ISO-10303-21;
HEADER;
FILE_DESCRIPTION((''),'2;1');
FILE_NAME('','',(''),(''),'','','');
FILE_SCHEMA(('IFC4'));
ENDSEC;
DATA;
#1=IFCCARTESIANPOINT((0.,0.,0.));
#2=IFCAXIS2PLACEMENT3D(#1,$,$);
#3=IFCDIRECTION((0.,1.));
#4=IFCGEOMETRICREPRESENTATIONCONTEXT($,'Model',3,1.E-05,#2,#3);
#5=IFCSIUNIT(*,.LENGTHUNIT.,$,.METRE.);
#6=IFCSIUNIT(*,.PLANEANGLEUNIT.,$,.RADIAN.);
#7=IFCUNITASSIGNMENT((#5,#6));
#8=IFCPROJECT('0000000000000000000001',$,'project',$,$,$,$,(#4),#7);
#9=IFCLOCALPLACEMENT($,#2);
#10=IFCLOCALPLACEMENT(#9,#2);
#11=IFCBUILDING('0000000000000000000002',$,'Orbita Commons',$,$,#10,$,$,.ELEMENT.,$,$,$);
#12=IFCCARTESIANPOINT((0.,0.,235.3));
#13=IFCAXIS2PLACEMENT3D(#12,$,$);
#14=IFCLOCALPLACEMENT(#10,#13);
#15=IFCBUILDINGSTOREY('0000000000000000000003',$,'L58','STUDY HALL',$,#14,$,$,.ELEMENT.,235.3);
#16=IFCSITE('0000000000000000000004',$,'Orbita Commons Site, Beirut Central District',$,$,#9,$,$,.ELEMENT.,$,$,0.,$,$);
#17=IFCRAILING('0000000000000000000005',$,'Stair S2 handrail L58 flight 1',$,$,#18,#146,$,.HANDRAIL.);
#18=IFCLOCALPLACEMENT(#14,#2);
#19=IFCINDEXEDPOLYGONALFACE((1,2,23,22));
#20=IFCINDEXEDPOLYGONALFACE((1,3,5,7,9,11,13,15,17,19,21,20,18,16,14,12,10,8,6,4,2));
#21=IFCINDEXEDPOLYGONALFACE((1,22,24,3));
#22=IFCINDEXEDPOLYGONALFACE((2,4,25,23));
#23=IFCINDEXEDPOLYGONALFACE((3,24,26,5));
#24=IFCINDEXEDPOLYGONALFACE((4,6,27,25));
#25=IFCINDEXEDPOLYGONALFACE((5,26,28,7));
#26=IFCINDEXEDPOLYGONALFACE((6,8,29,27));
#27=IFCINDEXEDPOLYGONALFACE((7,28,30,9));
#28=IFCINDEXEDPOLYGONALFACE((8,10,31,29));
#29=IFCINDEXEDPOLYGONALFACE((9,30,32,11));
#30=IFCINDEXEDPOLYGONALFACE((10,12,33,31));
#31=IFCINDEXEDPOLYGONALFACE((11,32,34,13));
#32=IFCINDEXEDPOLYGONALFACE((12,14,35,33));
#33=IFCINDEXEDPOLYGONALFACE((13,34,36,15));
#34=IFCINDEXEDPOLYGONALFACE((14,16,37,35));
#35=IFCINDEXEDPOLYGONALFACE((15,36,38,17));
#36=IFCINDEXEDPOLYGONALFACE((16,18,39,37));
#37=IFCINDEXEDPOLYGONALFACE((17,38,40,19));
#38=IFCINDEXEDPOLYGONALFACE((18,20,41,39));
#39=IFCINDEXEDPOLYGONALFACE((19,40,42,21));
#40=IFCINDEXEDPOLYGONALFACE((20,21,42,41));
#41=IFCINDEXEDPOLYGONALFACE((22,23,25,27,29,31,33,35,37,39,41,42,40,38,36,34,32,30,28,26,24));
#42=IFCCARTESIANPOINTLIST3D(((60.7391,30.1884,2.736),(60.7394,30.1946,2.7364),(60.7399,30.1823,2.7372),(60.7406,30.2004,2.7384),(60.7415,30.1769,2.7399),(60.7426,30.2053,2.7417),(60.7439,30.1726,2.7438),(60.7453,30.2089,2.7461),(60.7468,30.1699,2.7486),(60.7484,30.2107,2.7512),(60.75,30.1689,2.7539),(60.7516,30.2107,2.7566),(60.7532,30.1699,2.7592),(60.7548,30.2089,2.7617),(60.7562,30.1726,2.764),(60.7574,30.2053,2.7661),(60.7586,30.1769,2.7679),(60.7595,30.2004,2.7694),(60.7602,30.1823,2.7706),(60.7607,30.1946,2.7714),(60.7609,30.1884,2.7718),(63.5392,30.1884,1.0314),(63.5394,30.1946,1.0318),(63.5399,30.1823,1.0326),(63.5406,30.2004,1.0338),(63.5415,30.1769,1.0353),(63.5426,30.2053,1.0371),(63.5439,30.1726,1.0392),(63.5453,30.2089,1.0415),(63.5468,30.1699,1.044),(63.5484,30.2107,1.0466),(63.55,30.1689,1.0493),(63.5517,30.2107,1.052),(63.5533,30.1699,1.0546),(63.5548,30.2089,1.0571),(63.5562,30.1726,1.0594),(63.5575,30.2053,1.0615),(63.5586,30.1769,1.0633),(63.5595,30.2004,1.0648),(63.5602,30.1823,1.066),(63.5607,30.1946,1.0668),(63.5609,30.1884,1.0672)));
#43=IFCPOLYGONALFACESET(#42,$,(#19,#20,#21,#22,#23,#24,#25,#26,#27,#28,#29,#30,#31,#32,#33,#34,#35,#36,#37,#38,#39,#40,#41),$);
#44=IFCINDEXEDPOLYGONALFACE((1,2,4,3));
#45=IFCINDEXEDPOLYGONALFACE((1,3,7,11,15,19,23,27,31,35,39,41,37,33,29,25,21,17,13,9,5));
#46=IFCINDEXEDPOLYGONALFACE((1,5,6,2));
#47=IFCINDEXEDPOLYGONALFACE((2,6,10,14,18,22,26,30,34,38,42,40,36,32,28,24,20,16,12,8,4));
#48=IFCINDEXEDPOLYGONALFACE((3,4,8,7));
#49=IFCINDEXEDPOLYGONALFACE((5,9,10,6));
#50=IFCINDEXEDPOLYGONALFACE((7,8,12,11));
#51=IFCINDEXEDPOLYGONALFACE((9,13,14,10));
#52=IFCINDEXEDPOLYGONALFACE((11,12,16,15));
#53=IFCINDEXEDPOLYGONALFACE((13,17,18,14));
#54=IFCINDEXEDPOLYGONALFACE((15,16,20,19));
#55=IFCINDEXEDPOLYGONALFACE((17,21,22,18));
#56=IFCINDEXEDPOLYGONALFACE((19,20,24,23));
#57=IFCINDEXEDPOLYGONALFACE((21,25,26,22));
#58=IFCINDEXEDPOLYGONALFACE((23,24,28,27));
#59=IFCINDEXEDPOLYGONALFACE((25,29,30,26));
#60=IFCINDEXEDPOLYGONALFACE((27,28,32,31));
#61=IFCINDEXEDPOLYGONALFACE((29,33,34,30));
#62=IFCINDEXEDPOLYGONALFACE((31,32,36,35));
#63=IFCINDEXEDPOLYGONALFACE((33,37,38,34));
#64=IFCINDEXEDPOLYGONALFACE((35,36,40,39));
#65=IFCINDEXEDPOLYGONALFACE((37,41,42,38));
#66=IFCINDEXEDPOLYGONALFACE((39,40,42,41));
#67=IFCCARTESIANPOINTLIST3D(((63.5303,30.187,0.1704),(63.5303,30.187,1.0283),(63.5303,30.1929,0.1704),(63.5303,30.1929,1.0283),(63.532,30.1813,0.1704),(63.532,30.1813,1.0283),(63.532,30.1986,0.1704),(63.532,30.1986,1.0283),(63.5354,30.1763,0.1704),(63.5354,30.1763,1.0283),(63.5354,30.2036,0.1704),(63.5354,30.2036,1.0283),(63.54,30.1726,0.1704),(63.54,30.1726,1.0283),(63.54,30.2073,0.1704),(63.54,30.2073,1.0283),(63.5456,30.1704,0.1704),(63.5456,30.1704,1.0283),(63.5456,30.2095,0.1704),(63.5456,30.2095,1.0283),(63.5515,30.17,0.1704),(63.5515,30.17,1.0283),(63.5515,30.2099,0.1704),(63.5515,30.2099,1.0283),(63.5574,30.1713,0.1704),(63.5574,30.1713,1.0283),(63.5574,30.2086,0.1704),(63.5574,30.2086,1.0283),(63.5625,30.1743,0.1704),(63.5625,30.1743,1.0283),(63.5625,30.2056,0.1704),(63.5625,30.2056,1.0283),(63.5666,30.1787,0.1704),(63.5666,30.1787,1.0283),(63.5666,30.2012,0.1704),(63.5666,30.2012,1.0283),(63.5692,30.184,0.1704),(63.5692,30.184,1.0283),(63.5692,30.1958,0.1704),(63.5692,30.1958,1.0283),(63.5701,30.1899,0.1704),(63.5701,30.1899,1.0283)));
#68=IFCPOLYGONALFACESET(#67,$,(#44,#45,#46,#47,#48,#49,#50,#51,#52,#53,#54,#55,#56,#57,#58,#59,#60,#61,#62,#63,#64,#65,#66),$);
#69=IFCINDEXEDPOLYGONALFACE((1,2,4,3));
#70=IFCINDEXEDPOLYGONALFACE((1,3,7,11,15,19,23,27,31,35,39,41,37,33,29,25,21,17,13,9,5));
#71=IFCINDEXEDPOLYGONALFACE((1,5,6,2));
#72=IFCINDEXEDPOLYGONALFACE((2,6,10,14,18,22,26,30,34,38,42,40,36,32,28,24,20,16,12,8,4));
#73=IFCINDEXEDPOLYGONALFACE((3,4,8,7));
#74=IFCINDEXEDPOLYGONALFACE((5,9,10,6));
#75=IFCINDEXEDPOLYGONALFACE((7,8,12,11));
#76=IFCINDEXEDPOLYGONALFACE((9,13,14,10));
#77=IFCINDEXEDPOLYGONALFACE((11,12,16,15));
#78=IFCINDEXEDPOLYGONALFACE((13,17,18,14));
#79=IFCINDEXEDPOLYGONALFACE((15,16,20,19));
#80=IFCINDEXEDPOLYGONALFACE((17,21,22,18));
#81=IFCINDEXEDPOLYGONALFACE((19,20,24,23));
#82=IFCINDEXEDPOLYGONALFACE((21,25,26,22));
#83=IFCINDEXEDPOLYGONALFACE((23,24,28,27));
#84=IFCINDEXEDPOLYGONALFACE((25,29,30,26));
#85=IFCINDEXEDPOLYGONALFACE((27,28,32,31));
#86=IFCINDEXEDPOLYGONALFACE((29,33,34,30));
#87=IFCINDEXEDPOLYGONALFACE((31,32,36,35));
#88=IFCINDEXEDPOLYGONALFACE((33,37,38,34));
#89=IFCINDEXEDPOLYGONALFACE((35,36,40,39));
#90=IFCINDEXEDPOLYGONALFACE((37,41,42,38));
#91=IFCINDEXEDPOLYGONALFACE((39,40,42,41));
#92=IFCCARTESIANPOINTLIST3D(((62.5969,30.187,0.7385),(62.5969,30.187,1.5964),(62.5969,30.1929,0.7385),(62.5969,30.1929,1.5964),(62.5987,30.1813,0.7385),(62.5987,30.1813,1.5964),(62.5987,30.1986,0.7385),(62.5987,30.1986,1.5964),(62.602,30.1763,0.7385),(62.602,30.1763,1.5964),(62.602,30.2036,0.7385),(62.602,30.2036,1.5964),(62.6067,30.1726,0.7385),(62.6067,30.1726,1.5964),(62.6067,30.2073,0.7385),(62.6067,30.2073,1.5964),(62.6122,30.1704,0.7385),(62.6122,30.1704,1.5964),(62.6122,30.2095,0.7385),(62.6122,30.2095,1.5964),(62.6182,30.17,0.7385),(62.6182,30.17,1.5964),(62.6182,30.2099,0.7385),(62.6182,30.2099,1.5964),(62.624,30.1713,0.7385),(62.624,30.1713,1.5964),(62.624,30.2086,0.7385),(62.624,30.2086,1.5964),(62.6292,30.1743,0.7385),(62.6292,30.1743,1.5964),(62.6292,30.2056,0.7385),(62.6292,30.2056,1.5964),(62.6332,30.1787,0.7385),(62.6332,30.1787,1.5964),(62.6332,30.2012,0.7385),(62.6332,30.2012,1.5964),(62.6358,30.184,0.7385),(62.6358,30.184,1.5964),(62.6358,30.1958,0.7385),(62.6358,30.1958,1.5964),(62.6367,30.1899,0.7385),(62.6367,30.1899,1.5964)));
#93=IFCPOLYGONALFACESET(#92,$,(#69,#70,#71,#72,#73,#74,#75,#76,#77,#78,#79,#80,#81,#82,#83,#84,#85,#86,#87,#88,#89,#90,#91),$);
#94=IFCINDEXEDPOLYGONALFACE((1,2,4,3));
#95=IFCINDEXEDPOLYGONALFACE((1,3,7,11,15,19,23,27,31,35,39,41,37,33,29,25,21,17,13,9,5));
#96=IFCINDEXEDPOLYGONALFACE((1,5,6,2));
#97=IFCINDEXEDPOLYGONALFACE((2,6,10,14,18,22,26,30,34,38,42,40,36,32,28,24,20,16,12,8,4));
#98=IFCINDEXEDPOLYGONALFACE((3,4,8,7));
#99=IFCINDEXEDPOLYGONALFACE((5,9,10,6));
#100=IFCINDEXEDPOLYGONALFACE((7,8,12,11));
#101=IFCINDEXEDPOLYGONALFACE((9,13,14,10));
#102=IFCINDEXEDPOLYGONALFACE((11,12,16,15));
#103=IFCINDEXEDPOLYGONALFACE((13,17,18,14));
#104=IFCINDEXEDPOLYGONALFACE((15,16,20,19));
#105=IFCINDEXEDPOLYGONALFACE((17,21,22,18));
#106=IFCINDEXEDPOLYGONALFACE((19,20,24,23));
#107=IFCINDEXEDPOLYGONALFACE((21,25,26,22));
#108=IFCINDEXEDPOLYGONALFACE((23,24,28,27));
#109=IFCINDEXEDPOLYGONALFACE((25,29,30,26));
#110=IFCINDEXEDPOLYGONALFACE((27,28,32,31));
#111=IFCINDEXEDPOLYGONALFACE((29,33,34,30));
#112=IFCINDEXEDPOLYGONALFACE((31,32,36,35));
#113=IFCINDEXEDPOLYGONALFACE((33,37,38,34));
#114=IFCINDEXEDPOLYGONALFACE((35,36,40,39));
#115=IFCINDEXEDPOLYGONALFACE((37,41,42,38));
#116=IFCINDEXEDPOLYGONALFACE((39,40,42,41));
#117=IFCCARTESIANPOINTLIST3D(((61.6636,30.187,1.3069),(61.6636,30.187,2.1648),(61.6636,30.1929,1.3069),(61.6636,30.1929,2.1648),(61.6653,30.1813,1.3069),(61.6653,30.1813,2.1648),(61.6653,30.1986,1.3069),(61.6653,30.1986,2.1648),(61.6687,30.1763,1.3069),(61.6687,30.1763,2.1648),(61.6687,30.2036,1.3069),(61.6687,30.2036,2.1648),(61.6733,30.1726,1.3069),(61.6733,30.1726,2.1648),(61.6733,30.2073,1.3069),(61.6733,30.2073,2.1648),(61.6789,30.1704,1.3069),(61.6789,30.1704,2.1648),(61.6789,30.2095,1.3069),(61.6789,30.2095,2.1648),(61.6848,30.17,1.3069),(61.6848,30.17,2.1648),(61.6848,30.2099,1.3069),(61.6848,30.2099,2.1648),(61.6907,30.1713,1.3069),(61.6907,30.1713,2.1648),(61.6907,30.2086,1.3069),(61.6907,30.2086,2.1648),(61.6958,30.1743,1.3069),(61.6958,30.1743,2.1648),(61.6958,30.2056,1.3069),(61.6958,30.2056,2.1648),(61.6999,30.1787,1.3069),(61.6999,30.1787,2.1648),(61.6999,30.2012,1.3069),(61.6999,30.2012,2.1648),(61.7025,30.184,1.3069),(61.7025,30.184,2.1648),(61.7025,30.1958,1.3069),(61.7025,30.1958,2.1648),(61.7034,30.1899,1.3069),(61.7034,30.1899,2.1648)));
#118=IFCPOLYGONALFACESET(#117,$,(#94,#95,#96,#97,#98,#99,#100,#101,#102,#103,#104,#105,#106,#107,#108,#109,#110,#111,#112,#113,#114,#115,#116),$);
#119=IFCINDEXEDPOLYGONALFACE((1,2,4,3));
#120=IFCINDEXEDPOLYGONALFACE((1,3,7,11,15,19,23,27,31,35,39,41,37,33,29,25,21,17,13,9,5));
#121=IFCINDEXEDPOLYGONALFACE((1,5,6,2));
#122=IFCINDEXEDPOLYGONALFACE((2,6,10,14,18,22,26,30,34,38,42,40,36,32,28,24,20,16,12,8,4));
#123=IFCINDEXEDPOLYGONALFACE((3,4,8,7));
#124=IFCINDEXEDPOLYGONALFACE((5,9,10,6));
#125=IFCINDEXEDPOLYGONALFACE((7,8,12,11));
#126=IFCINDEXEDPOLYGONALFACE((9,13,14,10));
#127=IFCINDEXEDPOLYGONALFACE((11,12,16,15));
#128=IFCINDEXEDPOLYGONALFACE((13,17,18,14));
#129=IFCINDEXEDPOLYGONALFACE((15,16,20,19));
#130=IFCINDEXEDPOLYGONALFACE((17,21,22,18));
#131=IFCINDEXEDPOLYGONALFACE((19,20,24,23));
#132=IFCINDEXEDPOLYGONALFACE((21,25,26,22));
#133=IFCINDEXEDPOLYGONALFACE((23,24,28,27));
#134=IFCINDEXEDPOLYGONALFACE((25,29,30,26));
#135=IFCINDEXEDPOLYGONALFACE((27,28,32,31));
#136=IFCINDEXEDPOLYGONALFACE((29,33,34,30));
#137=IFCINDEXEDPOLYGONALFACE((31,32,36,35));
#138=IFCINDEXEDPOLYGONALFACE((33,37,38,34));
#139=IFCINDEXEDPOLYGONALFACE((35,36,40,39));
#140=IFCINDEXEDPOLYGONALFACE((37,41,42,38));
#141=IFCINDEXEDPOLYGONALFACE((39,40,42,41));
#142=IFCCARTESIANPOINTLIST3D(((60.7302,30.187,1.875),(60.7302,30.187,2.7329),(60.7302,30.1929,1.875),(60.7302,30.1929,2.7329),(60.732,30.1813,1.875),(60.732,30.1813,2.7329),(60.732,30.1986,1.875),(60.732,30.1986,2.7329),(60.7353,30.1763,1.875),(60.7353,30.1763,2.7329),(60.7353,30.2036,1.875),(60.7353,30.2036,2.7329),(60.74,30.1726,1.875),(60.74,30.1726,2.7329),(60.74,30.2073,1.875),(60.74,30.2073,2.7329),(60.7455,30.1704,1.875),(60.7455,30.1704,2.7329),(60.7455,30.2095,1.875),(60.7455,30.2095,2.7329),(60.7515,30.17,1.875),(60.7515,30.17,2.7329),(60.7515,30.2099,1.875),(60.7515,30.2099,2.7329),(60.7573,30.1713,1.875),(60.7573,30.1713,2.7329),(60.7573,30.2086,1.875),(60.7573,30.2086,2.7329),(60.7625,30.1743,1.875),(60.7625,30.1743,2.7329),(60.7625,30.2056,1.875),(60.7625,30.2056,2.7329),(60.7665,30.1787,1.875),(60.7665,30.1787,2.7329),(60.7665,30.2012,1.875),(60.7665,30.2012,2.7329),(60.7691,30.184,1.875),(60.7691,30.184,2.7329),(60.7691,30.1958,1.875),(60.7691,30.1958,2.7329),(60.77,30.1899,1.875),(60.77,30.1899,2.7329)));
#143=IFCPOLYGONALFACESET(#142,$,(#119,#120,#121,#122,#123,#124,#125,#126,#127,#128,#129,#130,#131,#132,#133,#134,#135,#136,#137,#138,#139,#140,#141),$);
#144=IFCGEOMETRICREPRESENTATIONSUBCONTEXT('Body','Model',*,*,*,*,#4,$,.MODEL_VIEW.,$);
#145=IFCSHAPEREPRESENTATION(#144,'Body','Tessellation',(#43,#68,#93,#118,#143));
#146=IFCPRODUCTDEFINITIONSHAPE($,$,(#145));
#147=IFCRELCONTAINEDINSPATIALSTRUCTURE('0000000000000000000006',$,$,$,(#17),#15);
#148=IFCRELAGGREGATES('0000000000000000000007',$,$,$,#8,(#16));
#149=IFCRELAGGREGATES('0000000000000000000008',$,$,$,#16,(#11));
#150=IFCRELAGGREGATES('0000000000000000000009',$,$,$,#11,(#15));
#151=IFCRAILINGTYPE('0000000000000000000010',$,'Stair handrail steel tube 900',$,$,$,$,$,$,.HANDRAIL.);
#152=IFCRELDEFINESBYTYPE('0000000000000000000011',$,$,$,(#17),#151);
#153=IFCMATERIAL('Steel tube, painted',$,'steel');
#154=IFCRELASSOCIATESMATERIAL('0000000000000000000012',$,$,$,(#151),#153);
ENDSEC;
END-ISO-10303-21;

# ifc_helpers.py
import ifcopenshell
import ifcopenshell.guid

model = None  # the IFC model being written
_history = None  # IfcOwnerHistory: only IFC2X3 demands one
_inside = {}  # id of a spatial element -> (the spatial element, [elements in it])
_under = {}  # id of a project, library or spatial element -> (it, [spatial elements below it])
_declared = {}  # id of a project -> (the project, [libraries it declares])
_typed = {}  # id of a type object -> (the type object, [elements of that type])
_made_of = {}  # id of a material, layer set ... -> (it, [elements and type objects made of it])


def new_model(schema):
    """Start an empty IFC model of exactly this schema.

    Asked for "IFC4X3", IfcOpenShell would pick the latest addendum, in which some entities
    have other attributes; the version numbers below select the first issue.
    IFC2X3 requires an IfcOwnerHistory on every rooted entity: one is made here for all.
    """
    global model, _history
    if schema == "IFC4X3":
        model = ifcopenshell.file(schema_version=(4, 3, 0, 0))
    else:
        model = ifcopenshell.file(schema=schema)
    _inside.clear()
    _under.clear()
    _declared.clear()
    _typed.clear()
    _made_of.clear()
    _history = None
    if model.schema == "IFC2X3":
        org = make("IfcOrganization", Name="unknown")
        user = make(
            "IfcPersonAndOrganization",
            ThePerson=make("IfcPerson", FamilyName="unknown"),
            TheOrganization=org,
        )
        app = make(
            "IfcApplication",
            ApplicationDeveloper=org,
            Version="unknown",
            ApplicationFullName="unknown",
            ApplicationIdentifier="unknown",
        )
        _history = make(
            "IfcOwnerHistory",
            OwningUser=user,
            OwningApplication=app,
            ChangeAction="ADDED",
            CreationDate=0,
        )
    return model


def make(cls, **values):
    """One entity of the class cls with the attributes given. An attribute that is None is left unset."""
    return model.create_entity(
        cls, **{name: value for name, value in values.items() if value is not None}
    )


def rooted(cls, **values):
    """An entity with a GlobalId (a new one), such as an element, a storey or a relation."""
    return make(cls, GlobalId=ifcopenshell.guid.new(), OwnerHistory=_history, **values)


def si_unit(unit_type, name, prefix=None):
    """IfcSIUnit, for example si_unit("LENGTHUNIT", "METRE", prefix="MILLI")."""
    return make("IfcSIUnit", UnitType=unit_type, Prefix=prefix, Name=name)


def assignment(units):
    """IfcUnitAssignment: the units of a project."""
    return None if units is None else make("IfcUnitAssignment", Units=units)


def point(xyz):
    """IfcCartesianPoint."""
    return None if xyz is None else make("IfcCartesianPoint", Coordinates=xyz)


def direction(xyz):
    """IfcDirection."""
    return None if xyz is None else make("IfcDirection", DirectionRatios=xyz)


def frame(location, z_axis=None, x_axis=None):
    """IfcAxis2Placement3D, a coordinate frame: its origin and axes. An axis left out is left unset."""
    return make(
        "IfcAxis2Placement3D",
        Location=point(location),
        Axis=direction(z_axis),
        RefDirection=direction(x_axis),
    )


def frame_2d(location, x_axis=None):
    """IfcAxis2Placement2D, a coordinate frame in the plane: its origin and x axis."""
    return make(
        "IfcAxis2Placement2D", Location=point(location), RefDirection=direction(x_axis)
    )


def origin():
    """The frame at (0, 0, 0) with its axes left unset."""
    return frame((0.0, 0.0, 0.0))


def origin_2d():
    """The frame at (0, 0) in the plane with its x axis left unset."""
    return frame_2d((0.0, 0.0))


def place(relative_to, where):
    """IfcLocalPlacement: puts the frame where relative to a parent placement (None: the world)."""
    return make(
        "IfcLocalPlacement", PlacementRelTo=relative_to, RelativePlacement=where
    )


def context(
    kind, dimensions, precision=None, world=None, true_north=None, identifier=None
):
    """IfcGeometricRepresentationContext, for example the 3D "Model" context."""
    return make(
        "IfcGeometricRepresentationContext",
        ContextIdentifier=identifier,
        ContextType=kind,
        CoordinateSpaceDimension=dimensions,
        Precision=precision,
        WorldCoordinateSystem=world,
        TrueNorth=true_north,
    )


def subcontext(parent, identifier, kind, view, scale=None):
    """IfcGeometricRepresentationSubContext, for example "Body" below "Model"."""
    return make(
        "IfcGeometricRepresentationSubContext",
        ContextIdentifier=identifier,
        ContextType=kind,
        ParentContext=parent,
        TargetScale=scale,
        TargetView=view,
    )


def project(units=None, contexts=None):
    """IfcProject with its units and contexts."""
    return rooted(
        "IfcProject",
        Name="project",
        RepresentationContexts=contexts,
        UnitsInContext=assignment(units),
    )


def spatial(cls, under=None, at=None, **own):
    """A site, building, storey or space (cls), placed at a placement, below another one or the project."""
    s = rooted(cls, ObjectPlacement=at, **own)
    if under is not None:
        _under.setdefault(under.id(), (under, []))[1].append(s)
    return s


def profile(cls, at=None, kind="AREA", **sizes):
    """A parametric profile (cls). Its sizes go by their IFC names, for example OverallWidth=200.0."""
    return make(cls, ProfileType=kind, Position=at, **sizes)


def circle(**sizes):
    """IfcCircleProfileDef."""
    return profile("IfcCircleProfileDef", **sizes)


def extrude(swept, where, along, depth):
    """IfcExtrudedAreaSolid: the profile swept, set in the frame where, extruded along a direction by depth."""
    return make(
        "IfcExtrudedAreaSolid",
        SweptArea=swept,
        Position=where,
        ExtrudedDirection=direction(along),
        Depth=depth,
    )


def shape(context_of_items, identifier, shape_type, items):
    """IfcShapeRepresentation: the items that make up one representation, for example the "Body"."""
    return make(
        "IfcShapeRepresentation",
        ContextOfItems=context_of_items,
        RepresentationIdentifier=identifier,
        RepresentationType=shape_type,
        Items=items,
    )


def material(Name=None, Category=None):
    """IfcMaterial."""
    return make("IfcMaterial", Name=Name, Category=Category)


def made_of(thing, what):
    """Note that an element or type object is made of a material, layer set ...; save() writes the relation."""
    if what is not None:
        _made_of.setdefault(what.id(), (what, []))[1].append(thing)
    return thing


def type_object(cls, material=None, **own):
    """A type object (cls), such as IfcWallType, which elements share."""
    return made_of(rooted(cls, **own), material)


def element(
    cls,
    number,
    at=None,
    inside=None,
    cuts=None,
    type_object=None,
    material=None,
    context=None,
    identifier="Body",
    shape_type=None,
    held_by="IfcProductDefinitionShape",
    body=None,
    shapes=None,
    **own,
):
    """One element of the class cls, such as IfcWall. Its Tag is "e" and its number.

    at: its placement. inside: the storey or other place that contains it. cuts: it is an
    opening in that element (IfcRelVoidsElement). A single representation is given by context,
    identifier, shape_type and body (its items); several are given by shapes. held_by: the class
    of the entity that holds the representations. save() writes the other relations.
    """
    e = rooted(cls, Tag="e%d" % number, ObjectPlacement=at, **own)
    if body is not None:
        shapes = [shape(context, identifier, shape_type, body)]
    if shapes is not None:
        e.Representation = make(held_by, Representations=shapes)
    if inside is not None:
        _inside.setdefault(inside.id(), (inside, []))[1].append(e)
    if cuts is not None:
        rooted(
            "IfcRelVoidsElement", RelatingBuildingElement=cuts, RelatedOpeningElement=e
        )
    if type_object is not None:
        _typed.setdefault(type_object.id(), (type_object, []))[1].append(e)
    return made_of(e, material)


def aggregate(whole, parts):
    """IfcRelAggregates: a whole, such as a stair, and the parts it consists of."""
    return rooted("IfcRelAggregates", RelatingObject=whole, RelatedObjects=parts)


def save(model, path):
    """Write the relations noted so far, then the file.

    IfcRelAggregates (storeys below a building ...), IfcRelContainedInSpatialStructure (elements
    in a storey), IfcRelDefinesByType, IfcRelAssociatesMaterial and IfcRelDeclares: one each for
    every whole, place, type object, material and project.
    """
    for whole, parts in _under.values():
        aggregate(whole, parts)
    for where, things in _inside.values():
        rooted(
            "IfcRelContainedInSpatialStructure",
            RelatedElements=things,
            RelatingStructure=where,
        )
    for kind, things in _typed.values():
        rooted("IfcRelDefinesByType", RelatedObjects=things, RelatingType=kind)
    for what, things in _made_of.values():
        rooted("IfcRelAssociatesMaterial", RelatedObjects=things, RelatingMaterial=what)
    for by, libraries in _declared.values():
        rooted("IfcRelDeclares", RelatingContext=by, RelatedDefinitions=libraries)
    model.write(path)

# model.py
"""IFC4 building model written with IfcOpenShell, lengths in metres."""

from ifc_helpers import new_model, si_unit, direction, frame, origin, origin_2d, place, context, subcontext, project, spatial, circle, extrude, material, type_object, element, save


model = new_model("IFC4")

# Units and contexts
model_context = context("Model", 3, precision=1e-05, world=origin(), true_north=direction((0.0, 1.0)))
body_context = subcontext(model_context, "Body", "Model", "MODEL_VIEW")
ifc_project = project(units=[si_unit("LENGTHUNIT", "METRE"), si_unit("PLANEANGLEUNIT", "RADIAN")], contexts=[model_context])

# Site, building, storey
site_placement = place(None, origin())
site = spatial("IfcSite", under=ifc_project, at=site_placement, Name="Orbita Commons Site, Beirut Central District", CompositionType="ELEMENT", RefElevation=0.0)
building_placement = place(site_placement, origin())
building = spatial("IfcBuilding", under=site, at=building_placement, Name="Orbita Commons", CompositionType="ELEMENT")
storey_placement = place(building_placement, frame((0.0, 0.0, 235.3)))
storey = spatial("IfcBuildingStorey", under=building, at=storey_placement, Name="L58", Description="STUDY HALL", CompositionType="ELEMENT", Elevation=235.3)

# Railing
ifc_material_1 = material(Name="Steel tube, painted", Category="steel")
railing_type = type_object("IfcRailingType", Name="Stair handrail steel tube 900", PredefinedType="HANDRAIL", material=ifc_material_1)
railing_placement = place(storey_placement, frame((63.55, 30.1899, 0.1704)))
element("IfcRailing", 1, at=railing_placement, inside=storey, type_object=railing_type, Name="Stair S2 handrail L58 flight 1", PredefinedType="HANDRAIL", context=body_context, shape_type="SweptSolid", body=[
    extrude(circle(Radius=0.021, at=origin_2d()), frame((0.0, 0.0, 0.8789), z_axis=(-0.85417, 0.0, 0.519994), x_axis=(0.0, -1.0, 0.0)), (0.0, 0.0, 1.0), 3.2781),
    extrude(circle(Radius=0.02, at=origin_2d()), origin(), (0.0, 0.0, 1.0), 0.8579),
    extrude(circle(Radius=0.02, at=origin_2d()), frame((-0.9333, 0.0, 0.5681)), (0.0, 0.0, 1.0), 0.8579),
    extrude(circle(Radius=0.02, at=origin_2d()), frame((-1.8667, 0.0, 1.1365)), (0.0, 0.0, 1.0), 0.8579),
    extrude(circle(Radius=0.02, at=origin_2d()), frame((-2.8, 0.0, 1.7046)), (0.0, 0.0, 1.0), 0.8579),
])

save(model, "model.ifc")
